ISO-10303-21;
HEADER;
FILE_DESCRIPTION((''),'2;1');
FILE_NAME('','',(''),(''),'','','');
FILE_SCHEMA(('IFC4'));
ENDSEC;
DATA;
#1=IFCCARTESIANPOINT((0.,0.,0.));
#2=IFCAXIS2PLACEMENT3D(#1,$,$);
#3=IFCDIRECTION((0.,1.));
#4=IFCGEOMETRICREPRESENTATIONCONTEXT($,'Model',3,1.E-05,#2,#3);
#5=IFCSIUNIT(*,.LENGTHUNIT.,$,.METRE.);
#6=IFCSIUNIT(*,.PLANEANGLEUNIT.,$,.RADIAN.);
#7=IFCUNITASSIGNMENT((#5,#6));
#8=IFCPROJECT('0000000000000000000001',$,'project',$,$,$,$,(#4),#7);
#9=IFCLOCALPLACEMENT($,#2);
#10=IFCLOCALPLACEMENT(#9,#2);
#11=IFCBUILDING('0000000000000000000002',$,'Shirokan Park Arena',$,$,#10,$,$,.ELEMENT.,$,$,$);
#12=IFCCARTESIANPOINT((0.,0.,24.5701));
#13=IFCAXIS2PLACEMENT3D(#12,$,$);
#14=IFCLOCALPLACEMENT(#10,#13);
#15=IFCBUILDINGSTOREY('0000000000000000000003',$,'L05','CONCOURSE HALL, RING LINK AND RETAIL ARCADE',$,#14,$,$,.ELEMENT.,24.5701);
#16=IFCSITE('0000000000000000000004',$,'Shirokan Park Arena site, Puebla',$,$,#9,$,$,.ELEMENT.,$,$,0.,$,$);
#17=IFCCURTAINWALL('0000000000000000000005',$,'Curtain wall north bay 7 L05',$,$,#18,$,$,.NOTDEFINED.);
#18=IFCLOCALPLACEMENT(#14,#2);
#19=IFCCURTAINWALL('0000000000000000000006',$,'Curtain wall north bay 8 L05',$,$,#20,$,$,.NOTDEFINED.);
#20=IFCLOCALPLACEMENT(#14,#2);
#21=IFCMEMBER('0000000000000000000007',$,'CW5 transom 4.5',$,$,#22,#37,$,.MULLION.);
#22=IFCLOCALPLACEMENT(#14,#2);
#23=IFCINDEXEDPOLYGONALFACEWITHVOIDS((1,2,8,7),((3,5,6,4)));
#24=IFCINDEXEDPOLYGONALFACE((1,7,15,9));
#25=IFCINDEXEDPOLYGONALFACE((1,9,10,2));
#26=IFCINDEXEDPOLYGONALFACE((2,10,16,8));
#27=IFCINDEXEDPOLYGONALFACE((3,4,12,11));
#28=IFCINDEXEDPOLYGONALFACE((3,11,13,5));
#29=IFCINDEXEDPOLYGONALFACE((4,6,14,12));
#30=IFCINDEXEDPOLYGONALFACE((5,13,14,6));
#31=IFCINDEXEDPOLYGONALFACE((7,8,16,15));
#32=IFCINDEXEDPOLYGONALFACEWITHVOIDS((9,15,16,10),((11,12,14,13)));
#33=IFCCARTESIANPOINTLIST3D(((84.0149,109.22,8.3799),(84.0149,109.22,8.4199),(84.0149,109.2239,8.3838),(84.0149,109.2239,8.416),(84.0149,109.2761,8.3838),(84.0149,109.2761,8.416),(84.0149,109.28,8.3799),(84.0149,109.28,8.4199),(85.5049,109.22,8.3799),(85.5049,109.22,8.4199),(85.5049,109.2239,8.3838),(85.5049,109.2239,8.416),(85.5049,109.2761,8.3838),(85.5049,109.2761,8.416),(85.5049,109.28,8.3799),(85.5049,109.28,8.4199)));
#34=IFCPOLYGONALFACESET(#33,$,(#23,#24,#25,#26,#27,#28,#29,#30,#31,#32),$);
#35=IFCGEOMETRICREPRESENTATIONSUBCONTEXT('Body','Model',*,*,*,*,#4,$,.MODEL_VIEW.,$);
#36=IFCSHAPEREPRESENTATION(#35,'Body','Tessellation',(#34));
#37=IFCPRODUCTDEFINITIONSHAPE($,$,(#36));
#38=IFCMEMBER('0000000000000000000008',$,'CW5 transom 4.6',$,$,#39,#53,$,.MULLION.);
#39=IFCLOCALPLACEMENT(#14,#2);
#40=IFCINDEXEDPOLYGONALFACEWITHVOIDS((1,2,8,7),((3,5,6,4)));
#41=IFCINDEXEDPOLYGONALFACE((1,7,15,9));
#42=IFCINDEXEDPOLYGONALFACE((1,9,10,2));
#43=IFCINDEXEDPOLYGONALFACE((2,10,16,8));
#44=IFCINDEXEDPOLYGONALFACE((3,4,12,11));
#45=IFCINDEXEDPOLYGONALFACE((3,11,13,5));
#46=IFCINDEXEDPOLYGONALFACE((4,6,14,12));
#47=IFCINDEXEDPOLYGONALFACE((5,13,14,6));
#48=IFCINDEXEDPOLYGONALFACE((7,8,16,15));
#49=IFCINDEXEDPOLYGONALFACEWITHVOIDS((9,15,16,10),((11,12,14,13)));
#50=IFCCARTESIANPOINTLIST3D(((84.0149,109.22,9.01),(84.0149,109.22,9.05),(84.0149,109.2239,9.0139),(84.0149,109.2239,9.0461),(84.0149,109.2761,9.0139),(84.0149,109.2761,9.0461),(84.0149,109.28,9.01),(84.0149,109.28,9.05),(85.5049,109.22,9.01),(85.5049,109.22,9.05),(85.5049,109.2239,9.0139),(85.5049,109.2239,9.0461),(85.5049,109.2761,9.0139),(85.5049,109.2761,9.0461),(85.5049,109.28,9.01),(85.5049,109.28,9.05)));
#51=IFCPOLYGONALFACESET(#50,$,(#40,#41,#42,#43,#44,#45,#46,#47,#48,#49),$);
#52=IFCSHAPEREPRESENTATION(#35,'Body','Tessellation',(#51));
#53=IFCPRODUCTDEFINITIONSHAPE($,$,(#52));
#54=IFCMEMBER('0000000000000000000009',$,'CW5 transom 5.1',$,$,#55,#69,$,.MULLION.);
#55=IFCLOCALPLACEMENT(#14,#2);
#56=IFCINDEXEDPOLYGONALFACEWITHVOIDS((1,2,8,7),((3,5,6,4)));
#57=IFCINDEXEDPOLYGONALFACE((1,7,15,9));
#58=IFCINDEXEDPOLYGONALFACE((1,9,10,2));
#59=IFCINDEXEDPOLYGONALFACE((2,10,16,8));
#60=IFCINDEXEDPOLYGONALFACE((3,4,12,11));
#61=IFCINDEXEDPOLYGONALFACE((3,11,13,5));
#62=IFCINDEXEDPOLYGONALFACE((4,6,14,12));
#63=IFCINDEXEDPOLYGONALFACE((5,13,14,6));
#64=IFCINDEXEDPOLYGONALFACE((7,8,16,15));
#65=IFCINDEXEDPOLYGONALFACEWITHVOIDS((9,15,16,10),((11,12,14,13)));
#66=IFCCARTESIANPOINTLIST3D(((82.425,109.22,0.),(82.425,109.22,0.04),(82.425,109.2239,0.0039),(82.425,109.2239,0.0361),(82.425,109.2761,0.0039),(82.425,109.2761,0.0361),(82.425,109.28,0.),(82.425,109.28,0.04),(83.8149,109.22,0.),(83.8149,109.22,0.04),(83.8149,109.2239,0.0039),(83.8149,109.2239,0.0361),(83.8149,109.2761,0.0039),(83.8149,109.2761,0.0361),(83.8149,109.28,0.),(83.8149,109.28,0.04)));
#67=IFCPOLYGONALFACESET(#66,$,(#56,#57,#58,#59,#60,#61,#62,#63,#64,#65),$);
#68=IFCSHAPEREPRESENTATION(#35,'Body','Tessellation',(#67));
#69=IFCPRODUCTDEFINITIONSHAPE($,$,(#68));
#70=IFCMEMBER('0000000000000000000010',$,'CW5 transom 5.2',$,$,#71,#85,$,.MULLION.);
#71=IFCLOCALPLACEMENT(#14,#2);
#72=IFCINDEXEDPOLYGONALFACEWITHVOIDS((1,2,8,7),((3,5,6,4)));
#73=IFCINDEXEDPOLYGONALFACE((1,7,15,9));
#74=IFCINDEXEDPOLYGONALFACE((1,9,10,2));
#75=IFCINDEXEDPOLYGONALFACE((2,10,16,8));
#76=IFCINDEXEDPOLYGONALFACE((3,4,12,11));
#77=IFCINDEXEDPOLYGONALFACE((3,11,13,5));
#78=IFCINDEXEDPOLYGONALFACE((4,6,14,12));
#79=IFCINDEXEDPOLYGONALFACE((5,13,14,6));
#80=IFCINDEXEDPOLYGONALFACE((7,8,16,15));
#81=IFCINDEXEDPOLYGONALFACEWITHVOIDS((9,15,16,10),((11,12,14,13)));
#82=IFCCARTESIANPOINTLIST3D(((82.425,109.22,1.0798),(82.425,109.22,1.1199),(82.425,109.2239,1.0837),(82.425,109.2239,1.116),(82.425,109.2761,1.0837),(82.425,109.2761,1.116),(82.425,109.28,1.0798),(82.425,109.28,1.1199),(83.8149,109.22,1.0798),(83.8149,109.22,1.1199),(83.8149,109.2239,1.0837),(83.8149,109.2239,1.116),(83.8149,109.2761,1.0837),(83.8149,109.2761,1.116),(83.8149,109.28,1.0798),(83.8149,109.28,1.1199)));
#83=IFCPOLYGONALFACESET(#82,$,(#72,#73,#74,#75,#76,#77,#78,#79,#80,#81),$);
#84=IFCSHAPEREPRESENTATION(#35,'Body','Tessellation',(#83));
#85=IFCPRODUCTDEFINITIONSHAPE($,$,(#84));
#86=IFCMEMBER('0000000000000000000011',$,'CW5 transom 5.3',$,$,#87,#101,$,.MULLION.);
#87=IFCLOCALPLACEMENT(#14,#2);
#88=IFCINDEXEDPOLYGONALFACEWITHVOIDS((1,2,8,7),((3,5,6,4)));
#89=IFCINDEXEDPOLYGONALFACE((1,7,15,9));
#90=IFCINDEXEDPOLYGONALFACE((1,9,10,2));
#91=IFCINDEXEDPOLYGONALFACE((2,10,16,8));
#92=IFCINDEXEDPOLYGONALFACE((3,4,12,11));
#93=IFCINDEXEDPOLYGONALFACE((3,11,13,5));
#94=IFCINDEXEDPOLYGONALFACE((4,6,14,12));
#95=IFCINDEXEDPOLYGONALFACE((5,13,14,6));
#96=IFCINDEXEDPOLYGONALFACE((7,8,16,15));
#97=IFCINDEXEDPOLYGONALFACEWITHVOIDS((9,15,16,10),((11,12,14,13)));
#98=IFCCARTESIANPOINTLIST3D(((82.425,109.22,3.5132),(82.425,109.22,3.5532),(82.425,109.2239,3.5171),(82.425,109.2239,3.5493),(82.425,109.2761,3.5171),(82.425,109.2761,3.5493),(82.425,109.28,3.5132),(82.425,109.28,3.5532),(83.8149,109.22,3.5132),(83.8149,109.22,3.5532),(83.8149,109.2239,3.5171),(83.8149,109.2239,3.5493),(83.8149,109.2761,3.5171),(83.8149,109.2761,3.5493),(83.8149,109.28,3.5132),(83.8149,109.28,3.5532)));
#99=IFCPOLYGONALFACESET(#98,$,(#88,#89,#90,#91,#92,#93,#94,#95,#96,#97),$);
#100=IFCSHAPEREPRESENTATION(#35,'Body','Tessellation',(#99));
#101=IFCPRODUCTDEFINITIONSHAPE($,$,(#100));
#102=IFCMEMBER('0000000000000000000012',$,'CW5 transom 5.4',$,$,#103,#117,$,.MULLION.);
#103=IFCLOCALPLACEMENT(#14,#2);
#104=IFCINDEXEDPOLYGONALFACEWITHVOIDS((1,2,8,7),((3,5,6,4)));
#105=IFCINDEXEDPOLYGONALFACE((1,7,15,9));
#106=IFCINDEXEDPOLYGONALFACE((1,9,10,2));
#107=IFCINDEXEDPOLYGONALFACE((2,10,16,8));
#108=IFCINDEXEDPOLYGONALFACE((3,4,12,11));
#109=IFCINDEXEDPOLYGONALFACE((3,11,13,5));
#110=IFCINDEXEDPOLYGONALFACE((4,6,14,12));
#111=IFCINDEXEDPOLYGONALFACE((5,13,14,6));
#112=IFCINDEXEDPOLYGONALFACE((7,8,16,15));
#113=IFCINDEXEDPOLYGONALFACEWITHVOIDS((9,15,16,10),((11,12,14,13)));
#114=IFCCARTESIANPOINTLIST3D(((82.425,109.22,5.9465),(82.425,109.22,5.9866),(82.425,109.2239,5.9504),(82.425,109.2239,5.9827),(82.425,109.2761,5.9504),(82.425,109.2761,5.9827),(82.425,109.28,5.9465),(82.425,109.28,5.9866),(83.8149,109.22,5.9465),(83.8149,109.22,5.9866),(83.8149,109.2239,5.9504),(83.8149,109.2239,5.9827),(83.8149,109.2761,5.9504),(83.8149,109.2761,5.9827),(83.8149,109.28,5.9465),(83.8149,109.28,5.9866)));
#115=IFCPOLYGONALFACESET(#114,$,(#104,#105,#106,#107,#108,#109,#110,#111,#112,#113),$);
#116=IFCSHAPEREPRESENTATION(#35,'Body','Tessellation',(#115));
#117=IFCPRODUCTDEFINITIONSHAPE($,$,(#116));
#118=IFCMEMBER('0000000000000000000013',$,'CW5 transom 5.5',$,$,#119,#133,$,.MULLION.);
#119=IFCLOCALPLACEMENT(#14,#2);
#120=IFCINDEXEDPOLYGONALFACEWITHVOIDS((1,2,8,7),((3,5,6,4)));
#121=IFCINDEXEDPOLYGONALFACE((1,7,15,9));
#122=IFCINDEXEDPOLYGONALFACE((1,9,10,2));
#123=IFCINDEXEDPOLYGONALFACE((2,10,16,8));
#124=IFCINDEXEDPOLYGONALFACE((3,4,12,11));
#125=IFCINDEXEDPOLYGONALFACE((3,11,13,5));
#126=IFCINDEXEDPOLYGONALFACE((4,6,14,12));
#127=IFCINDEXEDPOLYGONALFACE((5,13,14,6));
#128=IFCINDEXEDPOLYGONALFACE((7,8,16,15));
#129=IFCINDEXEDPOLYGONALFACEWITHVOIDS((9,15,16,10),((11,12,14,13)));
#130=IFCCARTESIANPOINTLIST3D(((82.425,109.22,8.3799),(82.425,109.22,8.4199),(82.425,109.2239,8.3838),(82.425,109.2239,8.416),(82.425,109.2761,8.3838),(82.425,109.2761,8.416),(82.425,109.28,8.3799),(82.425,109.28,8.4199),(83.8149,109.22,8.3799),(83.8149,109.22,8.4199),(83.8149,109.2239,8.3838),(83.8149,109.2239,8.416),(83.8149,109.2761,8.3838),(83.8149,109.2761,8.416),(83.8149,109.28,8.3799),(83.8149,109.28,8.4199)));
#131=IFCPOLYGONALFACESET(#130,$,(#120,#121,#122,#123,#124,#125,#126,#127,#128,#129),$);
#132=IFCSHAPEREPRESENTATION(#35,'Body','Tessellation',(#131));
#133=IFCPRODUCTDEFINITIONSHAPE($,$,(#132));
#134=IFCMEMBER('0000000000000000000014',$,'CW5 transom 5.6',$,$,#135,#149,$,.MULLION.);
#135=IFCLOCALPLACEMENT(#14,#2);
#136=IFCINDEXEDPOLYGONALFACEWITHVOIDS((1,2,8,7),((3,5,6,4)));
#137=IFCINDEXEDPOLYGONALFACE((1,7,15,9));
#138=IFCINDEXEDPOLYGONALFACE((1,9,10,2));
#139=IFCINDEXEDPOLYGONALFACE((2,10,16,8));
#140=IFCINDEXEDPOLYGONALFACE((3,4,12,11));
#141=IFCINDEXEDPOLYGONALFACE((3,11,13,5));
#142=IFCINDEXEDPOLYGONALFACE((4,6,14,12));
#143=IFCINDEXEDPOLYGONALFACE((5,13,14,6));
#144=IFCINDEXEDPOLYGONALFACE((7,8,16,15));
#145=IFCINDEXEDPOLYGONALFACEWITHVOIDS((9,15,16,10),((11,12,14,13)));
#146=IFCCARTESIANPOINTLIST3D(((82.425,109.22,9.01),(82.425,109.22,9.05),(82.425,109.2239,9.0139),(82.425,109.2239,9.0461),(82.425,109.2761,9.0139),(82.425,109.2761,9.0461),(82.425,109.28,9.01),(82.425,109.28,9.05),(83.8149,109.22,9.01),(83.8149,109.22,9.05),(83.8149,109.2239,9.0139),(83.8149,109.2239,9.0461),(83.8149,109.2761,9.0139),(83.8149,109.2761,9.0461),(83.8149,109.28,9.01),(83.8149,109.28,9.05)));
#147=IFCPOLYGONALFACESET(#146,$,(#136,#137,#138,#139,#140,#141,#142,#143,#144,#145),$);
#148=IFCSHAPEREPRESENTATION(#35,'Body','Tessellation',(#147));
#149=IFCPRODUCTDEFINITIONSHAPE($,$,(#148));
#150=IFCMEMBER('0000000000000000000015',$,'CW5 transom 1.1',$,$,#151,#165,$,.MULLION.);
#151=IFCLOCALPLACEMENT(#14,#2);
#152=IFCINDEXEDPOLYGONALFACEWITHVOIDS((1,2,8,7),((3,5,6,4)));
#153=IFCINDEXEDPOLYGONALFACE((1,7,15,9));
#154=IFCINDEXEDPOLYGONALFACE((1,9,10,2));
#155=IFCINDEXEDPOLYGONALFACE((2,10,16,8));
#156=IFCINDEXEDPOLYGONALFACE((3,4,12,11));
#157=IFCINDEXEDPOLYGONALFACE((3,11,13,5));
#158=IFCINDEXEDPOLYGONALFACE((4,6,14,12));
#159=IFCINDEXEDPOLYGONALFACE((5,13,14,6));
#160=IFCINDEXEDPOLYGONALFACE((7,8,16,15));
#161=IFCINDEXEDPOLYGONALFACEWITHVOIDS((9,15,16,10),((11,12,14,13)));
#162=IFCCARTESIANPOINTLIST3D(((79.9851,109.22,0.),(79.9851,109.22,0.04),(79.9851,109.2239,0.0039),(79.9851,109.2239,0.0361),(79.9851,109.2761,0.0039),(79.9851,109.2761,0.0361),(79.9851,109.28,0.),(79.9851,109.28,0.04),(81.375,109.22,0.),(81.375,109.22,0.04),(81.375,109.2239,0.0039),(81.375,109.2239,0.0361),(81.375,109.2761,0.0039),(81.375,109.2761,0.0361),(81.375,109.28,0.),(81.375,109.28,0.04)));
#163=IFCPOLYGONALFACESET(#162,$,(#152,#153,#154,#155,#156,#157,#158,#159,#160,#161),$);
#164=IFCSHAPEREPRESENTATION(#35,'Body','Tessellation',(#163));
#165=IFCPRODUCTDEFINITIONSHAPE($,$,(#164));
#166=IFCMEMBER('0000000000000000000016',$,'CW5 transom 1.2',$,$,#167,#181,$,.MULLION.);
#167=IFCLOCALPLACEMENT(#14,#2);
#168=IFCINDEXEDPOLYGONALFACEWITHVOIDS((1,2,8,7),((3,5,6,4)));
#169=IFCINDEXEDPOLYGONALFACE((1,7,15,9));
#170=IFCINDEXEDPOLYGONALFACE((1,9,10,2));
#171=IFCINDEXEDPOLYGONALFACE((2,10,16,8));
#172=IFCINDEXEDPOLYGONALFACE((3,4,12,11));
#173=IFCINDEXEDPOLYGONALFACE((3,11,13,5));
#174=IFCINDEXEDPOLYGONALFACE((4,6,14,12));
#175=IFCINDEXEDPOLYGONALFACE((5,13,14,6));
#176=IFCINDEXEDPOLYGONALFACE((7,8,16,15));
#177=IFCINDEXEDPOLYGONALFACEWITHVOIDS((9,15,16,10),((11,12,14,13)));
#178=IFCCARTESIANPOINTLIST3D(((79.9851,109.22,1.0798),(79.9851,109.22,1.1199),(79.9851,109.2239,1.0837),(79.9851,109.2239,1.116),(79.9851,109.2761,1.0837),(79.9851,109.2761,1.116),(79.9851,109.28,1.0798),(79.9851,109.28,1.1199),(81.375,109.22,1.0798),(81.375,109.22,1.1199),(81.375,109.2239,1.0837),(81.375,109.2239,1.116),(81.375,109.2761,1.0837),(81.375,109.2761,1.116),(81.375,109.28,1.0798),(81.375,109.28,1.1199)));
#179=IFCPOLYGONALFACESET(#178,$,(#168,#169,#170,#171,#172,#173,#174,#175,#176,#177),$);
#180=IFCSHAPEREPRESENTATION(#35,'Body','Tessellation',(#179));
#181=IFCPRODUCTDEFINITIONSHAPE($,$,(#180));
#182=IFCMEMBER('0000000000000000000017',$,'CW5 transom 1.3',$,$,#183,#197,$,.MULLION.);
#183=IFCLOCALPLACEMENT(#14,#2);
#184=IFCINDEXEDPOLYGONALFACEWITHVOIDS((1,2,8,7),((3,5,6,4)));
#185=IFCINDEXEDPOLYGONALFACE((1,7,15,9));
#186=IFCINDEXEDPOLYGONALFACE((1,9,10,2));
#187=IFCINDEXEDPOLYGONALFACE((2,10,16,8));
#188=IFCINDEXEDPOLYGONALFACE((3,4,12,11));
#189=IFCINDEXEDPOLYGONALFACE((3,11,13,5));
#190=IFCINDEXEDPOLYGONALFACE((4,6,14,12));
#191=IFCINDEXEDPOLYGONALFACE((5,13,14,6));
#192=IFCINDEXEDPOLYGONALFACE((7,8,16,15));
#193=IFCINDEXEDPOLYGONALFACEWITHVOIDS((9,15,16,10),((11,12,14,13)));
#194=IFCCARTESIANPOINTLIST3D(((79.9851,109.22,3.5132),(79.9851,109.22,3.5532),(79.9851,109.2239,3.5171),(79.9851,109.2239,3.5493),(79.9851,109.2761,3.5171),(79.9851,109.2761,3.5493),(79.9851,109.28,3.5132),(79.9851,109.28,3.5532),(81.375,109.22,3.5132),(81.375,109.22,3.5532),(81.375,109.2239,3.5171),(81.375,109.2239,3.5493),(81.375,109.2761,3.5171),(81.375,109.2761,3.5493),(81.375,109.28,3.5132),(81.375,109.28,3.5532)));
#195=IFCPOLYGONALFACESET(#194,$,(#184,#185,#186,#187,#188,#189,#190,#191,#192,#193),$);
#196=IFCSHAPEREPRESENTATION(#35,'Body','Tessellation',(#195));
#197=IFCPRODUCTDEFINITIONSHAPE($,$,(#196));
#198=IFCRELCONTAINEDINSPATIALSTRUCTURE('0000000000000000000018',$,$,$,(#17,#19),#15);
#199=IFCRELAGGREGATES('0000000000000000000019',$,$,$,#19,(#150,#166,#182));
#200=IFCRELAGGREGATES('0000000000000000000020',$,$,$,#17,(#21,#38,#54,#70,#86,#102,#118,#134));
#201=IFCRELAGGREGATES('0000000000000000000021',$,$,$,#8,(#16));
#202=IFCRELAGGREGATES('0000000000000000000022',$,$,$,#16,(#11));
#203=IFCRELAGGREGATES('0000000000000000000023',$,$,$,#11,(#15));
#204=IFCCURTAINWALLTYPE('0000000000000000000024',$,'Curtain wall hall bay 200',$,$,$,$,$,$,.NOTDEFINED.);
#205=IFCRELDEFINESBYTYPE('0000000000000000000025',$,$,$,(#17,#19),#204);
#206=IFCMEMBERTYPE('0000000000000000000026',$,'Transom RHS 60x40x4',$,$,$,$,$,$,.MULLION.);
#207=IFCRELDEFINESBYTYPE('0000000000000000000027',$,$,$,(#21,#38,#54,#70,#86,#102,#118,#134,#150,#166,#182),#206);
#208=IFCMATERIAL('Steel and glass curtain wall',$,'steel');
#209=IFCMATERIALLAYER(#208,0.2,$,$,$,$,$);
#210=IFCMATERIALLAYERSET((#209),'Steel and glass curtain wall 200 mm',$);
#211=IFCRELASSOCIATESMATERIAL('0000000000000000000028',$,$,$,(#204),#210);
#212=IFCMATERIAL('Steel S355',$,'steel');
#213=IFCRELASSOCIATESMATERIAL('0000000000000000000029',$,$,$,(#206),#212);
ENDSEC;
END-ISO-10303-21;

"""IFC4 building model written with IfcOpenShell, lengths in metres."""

from ifc_helpers import new_model, si_unit, direction, frame, origin, origin_2d, place, context, subcontext, project, spatial, hollow_rectangle, extrude, material, layer, layer_set, material_profile, profile_set, type_object, element, aggregate, save


model = new_model("IFC4")

# Units and contexts
model_context = context("Model", 3, precision=1e-05, world=origin(), true_north=direction((0.0, 1.0)))
body_context = subcontext(model_context, "Body", "Model", "MODEL_VIEW")
ifc_project = project(units=[si_unit("LENGTHUNIT", "METRE"), si_unit("PLANEANGLEUNIT", "RADIAN")], contexts=[model_context])

# Site, building, storey
site_placement = place(None, origin())
site = spatial("IfcSite", under=ifc_project, at=site_placement, Name="Shirokan Park Arena site, Puebla", CompositionType="ELEMENT", RefElevation=0.0)
building_placement = place(site_placement, origin())
building = spatial("IfcBuilding", under=site, at=building_placement, Name="Shirokan Park Arena", CompositionType="ELEMENT")
storey_placement = place(building_placement, frame((0.0, 0.0, 24.5701)))
storey = spatial("IfcBuildingStorey", under=building, at=storey_placement, Name="L05", Description="CONCOURSE HALL, RING LINK AND RETAIL ARCADE", CompositionType="ELEMENT", Elevation=24.5701)

# Curtain wall
ifc_material_1 = material(Name="Steel and glass curtain wall", Category="steel")
ifc_layer_1 = layer(ifc_material_1, 0.2)
ifc_layer_set_1 = layer_set([ifc_layer_1], Name="Steel and glass curtain wall 200 mm")
curtain_wall_type = type_object("IfcCurtainWallType", Name="Curtain wall hall bay 200", PredefinedType="NOTDEFINED", material=ifc_layer_set_1)
curtain_wall_1_placement = place(storey_placement, origin())
curtain_wall_1 = element("IfcCurtainWall", 1, at=curtain_wall_1_placement, inside=storey, type_object=curtain_wall_type, Name="Curtain wall north bay 7 L05", PredefinedType="NOTDEFINED")
ifc_material_2 = material(Name="Steel S355", Category="steel")

# Curtain wall
curtain_wall_2_placement = place(storey_placement, origin())
curtain_wall_2 = element("IfcCurtainWall", 2, at=curtain_wall_2_placement, inside=storey, type_object=curtain_wall_type, Name="Curtain wall north bay 8 L05", PredefinedType="NOTDEFINED")

# Members
ifc_material_profile_1 = material_profile(ifc_material_2, hollow_rectangle(XDim=0.0601, YDim=0.04, WallThickness=0.0039, at=origin_2d()), Name="RHS 60x40x4")
ifc_profile_set_1 = profile_set([ifc_material_profile_1], Name="Steel S355")
member_type_1 = type_object("IfcMemberType", Name="Transom RHS 60x40x4", PredefinedType="MULLION", material=ifc_profile_set_1)
member_1_placement = place(storey_placement, frame((85.5049, 109.25, 8.3999), z_axis=(-1.0, 0.0, 0.0), x_axis=(0.0, -1.0, 0.0)))
member_1 = element("IfcMember", 3, at=member_1_placement, type_object=member_type_1, Name="CW5 transom 4.5", PredefinedType="MULLION", context=body_context, shape_type="SweptSolid", body=[
    extrude(hollow_rectangle(XDim=0.0601, YDim=0.04, WallThickness=0.0039, at=origin_2d()), origin(), (0.0, 0.0, 1.0), 1.49),
])
member_2_placement = place(storey_placement, frame((85.5049, 109.25, 9.03), z_axis=(-1.0, 0.0, 0.0), x_axis=(0.0, -1.0, 0.0)))
member_2 = element("IfcMember", 4, at=member_2_placement, type_object=member_type_1, Name="CW5 transom 4.6", PredefinedType="MULLION", context=body_context, shape_type="SweptSolid", body=[
    extrude(hollow_rectangle(XDim=0.0601, YDim=0.04, WallThickness=0.0039, at=origin_2d()), origin(), (0.0, 0.0, 1.0), 1.49),
])
member_3_placement = place(storey_placement, frame((83.8149, 109.25, 0.02), z_axis=(-1.0, 0.0, 0.0), x_axis=(0.0, -1.0, 0.0)))
member_3 = element("IfcMember", 5, at=member_3_placement, type_object=member_type_1, Name="CW5 transom 5.1", PredefinedType="MULLION", context=body_context, shape_type="SweptSolid", body=[
    extrude(hollow_rectangle(XDim=0.0601, YDim=0.04, WallThickness=0.0039, at=origin_2d()), origin(), (0.0, 0.0, 1.0), 1.3899),
])
member_4_placement = place(storey_placement, frame((83.8149, 109.25, 1.0999), z_axis=(-1.0, 0.0, 0.0), x_axis=(0.0, -1.0, 0.0)))
member_4 = element("IfcMember", 6, at=member_4_placement, type_object=member_type_1, Name="CW5 transom 5.2", PredefinedType="MULLION", context=body_context, shape_type="SweptSolid", body=[
    extrude(hollow_rectangle(XDim=0.0601, YDim=0.04, WallThickness=0.0039, at=origin_2d()), origin(), (0.0, 0.0, 1.0), 1.3899),
])
member_5_placement = place(storey_placement, frame((83.8149, 109.25, 3.5332), z_axis=(-1.0, 0.0, 0.0), x_axis=(0.0, -1.0, 0.0)))
member_5 = element("IfcMember", 7, at=member_5_placement, type_object=member_type_1, Name="CW5 transom 5.3", PredefinedType="MULLION", context=body_context, shape_type="SweptSolid", body=[
    extrude(hollow_rectangle(XDim=0.0601, YDim=0.04, WallThickness=0.0039, at=origin_2d()), origin(), (0.0, 0.0, 1.0), 1.3899),
])
member_6_placement = place(storey_placement, frame((83.8149, 109.25, 5.9666), z_axis=(-1.0, 0.0, 0.0), x_axis=(0.0, -1.0, 0.0)))
member_6 = element("IfcMember", 8, at=member_6_placement, type_object=member_type_1, Name="CW5 transom 5.4", PredefinedType="MULLION", context=body_context, shape_type="SweptSolid", body=[
    extrude(hollow_rectangle(XDim=0.0601, YDim=0.04, WallThickness=0.0039, at=origin_2d()), origin(), (0.0, 0.0, 1.0), 1.3899),
])
member_7_placement = place(storey_placement, frame((83.8149, 109.25, 8.3999), z_axis=(-1.0, 0.0, 0.0), x_axis=(0.0, -1.0, 0.0)))
member_7 = element("IfcMember", 9, at=member_7_placement, type_object=member_type_1, Name="CW5 transom 5.5", PredefinedType="MULLION", context=body_context, shape_type="SweptSolid", body=[
    extrude(hollow_rectangle(XDim=0.0601, YDim=0.04, WallThickness=0.0039, at=origin_2d()), origin(), (0.0, 0.0, 1.0), 1.3899),
])
member_8_placement = place(storey_placement, frame((83.8149, 109.25, 9.03), z_axis=(-1.0, 0.0, 0.0), x_axis=(0.0, -1.0, 0.0)))
member_8 = element("IfcMember", 10, at=member_8_placement, type_object=member_type_1, Name="CW5 transom 5.6", PredefinedType="MULLION", context=body_context, shape_type="SweptSolid", body=[
    extrude(hollow_rectangle(XDim=0.0601, YDim=0.04, WallThickness=0.0039, at=origin_2d()), origin(), (0.0, 0.0, 1.0), 1.3899),
])
member_9_placement = place(storey_placement, frame((81.375, 109.25, 0.02), z_axis=(-1.0, 0.0, 0.0), x_axis=(0.0, -1.0, 0.0)))
member_9 = element("IfcMember", 11, at=member_9_placement, type_object=member_type_1, Name="CW5 transom 1.1", PredefinedType="MULLION", context=body_context, shape_type="SweptSolid", body=[
    extrude(hollow_rectangle(XDim=0.0601, YDim=0.04, WallThickness=0.0039, at=origin_2d()), origin(), (0.0, 0.0, 1.0), 1.3899),
])
member_10_placement = place(storey_placement, frame((81.375, 109.25, 1.0999), z_axis=(-1.0, 0.0, 0.0), x_axis=(0.0, -1.0, 0.0)))
member_10 = element("IfcMember", 12, at=member_10_placement, type_object=member_type_1, Name="CW5 transom 1.2", PredefinedType="MULLION", context=body_context, shape_type="SweptSolid", body=[
    extrude(hollow_rectangle(XDim=0.0601, YDim=0.04, WallThickness=0.0039, at=origin_2d()), origin(), (0.0, 0.0, 1.0), 1.3899),
])
member_11_placement = place(storey_placement, frame((81.375, 109.25, 3.5332), z_axis=(-1.0, 0.0, 0.0), x_axis=(0.0, -1.0, 0.0)))
member_11 = element("IfcMember", 13, at=member_11_placement, type_object=member_type_1, Name="CW5 transom 1.3", PredefinedType="MULLION", context=body_context, shape_type="SweptSolid", body=[
    extrude(hollow_rectangle(XDim=0.0601, YDim=0.04, WallThickness=0.0039, at=origin_2d()), origin(), (0.0, 0.0, 1.0), 1.3899),
])

aggregate(curtain_wall_2, [member_9, member_10, member_11])
aggregate(curtain_wall_1, [member_1, member_2, member_3, member_4, member_5, member_6, member_7, member_8])

save(model, "model.ifc")
